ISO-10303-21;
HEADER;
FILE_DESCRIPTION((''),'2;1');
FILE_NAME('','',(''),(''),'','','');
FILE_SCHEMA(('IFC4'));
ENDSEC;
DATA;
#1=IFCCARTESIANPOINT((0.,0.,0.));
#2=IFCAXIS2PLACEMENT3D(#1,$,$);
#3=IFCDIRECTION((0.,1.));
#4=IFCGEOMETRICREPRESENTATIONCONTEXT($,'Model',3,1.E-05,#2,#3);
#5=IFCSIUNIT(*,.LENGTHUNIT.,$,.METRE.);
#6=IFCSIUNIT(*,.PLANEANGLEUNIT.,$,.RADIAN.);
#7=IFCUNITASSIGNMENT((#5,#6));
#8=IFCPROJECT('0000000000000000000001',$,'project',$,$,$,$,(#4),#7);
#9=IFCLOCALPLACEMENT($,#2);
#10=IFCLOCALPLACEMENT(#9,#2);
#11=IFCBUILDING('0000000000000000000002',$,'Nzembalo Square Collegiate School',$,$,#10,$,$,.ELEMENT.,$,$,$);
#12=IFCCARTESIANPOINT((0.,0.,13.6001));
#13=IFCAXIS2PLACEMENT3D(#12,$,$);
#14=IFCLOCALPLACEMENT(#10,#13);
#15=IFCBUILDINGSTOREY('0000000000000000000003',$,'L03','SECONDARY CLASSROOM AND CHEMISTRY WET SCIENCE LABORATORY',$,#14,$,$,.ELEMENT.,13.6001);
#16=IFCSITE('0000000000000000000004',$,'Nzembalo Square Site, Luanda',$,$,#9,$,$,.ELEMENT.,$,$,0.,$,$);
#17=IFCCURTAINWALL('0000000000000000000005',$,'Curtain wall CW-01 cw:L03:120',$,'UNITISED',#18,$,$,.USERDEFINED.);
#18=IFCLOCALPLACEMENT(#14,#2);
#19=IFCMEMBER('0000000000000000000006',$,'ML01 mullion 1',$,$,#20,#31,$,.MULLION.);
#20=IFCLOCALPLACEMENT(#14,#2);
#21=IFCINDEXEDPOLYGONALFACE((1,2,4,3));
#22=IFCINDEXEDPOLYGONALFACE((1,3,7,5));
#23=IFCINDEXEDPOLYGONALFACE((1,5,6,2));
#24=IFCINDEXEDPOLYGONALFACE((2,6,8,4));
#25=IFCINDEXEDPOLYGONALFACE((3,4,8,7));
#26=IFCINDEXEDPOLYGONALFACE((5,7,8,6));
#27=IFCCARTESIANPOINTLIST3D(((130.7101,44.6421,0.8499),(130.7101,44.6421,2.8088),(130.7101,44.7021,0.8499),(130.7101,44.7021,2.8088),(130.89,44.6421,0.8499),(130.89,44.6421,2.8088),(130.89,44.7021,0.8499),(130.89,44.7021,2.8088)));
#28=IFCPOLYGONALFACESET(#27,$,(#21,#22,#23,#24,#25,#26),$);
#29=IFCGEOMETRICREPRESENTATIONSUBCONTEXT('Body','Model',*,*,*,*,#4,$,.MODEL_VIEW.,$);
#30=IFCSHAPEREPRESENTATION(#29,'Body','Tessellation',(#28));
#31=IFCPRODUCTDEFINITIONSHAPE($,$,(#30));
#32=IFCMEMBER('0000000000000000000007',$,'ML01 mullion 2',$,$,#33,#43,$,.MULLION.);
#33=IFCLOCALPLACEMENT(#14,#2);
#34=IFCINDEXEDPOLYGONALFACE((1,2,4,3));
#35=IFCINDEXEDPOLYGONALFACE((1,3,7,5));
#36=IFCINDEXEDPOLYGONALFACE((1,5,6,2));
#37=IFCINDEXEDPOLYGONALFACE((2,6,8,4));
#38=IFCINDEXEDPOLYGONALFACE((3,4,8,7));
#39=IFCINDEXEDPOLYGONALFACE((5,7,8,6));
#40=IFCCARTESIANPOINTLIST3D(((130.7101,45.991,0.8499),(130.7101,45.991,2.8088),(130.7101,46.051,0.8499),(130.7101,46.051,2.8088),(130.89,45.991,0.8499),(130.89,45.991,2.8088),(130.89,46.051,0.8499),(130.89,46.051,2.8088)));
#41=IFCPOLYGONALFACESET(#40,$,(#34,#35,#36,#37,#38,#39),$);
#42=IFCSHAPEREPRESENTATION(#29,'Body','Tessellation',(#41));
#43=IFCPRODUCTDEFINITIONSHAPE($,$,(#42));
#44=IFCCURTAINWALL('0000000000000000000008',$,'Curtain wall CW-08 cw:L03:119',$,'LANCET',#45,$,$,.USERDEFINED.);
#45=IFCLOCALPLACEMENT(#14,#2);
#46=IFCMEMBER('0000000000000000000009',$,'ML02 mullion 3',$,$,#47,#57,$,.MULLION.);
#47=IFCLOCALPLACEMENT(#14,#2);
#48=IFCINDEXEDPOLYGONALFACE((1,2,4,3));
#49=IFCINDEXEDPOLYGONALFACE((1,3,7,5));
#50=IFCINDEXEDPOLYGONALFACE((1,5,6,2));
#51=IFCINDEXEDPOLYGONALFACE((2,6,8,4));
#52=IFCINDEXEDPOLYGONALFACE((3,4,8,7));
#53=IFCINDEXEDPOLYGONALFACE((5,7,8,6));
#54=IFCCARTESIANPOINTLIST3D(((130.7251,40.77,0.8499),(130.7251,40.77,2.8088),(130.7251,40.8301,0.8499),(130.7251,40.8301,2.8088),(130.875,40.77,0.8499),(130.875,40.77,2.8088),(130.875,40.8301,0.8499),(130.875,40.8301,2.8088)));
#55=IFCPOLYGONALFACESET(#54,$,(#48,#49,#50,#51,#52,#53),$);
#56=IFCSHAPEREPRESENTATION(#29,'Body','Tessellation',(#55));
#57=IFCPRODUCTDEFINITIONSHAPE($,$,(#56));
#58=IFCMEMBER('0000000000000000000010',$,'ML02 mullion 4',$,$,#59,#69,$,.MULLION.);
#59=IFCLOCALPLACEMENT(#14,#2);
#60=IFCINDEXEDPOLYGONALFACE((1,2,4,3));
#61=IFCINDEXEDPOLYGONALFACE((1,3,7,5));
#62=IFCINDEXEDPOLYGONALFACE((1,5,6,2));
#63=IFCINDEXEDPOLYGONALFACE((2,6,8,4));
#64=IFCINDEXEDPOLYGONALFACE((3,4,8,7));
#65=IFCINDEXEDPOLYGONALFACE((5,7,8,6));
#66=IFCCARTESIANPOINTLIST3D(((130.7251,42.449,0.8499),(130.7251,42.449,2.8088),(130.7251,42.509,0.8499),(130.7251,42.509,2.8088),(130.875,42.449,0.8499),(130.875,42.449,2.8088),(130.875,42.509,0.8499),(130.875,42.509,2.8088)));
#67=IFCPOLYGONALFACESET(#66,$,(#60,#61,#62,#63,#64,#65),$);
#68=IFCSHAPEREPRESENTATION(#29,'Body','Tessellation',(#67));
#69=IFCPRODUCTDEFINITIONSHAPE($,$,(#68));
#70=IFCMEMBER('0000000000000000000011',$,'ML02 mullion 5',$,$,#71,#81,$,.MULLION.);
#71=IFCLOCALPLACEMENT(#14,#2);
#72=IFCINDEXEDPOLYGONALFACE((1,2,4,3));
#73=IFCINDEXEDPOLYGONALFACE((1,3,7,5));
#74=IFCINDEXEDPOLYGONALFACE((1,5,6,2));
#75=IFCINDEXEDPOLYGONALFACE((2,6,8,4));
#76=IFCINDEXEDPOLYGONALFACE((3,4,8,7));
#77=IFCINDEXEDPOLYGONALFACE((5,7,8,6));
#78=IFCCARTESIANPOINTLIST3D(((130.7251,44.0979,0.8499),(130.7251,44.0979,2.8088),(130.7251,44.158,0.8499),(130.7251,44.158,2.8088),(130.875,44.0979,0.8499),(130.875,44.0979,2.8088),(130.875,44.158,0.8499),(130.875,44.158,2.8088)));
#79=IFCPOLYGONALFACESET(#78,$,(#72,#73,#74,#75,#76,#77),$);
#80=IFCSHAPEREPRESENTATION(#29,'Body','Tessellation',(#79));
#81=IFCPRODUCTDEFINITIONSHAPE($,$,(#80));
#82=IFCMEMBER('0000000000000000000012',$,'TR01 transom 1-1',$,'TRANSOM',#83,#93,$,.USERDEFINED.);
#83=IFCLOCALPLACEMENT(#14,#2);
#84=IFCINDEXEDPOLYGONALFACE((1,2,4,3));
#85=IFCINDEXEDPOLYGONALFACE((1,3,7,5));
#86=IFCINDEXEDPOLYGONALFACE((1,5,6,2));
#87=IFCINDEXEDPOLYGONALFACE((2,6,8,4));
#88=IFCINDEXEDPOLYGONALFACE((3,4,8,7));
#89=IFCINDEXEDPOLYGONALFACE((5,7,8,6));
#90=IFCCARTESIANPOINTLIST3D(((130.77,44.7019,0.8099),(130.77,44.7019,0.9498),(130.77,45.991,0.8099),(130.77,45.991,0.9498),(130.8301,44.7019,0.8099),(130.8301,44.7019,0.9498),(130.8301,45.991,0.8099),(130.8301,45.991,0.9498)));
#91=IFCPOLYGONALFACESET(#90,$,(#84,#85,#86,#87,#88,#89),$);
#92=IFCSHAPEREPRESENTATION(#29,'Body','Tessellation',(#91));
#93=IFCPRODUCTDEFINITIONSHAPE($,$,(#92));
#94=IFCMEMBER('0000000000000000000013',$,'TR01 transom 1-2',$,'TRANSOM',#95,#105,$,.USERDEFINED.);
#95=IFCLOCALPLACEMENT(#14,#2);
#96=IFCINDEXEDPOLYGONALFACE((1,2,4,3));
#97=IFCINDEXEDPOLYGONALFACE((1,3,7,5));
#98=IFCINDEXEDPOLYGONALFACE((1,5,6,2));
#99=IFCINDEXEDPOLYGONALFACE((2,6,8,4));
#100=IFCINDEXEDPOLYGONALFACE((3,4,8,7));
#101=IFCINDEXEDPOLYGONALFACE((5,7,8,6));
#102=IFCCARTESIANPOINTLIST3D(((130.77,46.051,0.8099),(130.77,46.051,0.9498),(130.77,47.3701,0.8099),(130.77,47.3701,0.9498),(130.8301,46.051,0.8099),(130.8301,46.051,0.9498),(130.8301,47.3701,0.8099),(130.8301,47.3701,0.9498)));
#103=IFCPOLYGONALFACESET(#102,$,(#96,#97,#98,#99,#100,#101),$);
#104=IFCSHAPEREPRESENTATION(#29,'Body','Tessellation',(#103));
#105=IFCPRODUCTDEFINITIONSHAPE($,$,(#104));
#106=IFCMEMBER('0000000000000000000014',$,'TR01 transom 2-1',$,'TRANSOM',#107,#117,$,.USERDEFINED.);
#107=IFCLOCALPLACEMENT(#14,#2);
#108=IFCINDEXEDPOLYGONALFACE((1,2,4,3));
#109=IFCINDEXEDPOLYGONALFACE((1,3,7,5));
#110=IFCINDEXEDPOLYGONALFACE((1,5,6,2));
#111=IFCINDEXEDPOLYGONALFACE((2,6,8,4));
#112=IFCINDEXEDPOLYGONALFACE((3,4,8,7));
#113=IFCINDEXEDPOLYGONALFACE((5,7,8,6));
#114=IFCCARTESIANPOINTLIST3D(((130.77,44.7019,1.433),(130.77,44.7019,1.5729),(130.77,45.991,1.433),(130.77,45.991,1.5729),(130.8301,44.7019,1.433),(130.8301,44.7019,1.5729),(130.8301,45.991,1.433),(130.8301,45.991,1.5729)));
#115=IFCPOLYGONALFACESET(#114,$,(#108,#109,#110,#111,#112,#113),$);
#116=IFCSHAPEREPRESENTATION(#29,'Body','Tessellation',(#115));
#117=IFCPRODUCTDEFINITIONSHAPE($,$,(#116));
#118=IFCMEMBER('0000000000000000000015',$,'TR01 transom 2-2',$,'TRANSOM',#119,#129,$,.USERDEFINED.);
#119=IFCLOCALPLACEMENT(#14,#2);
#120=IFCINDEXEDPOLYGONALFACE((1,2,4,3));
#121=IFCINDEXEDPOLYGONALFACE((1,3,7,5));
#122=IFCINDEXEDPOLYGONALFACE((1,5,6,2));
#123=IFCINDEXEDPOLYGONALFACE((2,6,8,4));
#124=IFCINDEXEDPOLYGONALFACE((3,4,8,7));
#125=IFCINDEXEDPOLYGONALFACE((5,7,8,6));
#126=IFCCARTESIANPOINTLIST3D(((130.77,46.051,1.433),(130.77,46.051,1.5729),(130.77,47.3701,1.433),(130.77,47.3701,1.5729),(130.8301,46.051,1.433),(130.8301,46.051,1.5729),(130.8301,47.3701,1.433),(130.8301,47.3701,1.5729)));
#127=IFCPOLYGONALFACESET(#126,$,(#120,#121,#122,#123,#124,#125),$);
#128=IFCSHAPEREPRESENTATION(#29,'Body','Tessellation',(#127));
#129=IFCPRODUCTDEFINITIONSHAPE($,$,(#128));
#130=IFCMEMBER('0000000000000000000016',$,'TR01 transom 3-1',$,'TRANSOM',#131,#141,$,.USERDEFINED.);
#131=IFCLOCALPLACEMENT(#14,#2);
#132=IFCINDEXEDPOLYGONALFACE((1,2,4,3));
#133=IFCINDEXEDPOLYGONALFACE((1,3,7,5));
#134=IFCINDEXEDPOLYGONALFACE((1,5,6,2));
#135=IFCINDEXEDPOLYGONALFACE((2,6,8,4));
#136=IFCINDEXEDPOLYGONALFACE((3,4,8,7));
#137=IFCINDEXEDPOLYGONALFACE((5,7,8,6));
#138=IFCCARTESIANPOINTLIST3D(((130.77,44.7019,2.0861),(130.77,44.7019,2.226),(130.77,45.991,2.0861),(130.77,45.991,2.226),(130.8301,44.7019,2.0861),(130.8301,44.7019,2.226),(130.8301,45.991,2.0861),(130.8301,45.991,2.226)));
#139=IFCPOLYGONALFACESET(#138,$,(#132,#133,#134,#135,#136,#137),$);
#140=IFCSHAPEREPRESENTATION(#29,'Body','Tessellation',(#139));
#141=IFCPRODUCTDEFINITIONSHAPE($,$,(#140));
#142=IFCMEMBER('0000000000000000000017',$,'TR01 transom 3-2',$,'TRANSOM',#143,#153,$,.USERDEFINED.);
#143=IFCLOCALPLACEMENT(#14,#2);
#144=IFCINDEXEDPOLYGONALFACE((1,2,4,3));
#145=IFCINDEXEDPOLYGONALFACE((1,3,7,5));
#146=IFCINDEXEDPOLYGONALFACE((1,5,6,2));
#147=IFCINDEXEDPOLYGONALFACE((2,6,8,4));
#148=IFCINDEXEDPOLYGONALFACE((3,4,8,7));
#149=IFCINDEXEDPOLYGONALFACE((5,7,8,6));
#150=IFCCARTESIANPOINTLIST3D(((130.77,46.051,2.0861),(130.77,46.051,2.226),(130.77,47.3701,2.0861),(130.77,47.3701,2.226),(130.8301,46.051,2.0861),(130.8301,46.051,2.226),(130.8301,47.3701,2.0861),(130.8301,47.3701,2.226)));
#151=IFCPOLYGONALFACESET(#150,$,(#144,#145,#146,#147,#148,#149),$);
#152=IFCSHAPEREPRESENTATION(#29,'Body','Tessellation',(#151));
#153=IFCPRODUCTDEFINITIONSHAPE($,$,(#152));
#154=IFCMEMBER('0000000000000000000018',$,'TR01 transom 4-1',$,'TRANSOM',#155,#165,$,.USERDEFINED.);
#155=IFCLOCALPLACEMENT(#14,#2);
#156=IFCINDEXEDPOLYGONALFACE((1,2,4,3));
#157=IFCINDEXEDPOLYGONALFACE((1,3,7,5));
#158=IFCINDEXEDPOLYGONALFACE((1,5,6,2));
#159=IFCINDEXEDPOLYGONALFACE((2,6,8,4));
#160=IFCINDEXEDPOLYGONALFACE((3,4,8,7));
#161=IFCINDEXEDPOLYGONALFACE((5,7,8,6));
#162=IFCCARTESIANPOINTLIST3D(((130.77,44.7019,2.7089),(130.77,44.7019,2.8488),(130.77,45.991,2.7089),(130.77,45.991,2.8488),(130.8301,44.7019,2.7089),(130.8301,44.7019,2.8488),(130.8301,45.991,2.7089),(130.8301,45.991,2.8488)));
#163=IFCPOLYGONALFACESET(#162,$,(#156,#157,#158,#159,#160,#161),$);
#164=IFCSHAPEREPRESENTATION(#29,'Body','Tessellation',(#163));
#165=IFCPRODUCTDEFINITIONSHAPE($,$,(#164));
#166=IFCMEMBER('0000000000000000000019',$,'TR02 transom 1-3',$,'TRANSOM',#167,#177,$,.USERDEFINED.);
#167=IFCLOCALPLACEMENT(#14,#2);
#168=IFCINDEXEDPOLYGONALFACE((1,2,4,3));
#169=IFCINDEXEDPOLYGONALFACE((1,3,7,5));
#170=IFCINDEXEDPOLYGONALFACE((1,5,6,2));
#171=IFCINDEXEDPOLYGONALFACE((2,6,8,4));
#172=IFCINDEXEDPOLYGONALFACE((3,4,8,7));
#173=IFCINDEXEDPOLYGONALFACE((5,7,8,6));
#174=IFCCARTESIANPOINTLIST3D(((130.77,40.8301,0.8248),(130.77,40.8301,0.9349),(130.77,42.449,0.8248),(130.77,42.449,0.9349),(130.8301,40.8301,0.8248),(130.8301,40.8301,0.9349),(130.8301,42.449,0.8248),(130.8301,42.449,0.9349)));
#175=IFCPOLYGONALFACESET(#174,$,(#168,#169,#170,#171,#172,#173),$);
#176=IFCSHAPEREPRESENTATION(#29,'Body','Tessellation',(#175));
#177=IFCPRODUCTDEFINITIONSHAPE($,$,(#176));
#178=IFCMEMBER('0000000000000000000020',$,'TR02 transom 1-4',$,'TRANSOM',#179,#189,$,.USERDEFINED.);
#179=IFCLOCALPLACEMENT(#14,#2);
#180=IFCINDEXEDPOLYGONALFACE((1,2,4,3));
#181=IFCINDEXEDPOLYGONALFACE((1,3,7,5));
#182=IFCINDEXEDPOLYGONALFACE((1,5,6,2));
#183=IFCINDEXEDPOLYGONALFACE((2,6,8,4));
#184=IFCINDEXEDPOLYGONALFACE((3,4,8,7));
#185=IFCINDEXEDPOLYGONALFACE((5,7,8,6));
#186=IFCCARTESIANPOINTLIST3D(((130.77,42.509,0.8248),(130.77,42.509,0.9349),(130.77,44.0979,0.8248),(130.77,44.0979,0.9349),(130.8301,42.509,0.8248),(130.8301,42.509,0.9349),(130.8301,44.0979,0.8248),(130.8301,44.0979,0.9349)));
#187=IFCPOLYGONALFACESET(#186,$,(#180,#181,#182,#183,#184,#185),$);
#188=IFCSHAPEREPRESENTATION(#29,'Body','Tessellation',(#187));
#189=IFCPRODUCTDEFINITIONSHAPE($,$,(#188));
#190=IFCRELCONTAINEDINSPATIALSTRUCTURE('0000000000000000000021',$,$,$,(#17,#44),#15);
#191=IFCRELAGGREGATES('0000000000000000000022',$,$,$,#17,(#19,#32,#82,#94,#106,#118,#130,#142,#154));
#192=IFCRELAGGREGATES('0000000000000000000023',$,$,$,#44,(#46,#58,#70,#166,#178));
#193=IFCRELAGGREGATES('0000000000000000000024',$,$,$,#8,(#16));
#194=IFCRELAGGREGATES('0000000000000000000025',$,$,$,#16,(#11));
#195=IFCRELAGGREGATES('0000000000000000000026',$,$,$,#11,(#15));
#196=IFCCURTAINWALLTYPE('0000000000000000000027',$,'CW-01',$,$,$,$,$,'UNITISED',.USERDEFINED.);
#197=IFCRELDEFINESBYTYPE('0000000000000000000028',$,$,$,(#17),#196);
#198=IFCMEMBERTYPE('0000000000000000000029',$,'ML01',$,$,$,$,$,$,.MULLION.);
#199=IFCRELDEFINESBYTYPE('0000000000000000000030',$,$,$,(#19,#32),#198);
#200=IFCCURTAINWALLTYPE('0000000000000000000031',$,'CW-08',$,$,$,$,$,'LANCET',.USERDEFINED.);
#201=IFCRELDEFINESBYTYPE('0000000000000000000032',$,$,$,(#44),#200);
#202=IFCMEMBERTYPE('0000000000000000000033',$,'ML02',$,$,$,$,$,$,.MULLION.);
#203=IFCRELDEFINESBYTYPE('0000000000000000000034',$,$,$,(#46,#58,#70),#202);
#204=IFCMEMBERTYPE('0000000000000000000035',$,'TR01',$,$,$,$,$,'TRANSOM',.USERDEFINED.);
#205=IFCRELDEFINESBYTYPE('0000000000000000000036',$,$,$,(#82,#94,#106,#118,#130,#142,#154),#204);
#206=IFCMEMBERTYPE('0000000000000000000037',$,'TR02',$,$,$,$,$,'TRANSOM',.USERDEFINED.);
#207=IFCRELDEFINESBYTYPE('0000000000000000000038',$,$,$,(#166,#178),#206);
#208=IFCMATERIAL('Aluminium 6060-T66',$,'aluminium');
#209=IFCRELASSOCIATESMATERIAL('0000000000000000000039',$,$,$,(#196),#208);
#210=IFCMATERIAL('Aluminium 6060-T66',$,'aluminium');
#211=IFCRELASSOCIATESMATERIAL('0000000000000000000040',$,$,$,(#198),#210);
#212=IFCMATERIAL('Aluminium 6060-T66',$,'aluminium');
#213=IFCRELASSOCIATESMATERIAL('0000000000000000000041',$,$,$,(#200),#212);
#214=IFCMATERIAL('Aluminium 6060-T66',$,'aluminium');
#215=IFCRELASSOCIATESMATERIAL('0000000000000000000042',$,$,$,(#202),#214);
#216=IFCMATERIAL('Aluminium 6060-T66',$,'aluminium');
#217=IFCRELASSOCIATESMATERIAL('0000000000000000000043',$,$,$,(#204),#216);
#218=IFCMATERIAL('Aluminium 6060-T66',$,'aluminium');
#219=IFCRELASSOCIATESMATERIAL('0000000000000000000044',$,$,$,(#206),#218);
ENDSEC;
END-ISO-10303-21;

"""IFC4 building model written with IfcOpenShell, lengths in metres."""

from ifc_helpers import new_model, si_unit, direction, frame, origin, origin_2d, place, context, subcontext, project, spatial, rectangle, extrude, material, material_profile, profile_set, type_object, element, aggregate, save


model = new_model("IFC4")

# Units and contexts
model_context = context("Model", 3, precision=1e-05, world=origin(), true_north=direction((0.0, 1.0)))
body_context = subcontext(model_context, "Body", "Model", "MODEL_VIEW")
ifc_project = project(units=[si_unit("LENGTHUNIT", "METRE"), si_unit("PLANEANGLEUNIT", "RADIAN")], contexts=[model_context])

# Site, building, storey
site_placement = place(None, origin())
site = spatial("IfcSite", under=ifc_project, at=site_placement, Name="Nzembalo Square Site, Luanda", CompositionType="ELEMENT", RefElevation=0.0)
building_placement = place(site_placement, origin())
building = spatial("IfcBuilding", under=site, at=building_placement, Name="Nzembalo Square Collegiate School", CompositionType="ELEMENT")
storey_placement = place(building_placement, frame((0.0, 0.0, 13.6001)))
storey = spatial("IfcBuildingStorey", under=building, at=storey_placement, Name="L03", Description="SECONDARY CLASSROOM AND CHEMISTRY WET SCIENCE LABORATORY", CompositionType="ELEMENT", Elevation=13.6001)

# Curtain walls, members
ifc_material_1 = material(Name="Aluminium 6060-T66", Category="aluminium")
curtain_wall_type_1 = type_object("IfcCurtainWallType", Name="CW-01", ElementType="UNITISED", PredefinedType="USERDEFINED", material=ifc_material_1)
curtain_wall_1_placement = place(storey_placement, origin())
curtain_wall_1 = element("IfcCurtainWall", 1, at=curtain_wall_1_placement, inside=storey, type_object=curtain_wall_type_1, Name="Curtain wall CW-01 cw:L03:120", ObjectType="UNITISED", PredefinedType="USERDEFINED")
ifc_material_2 = material(Name="Aluminium 6060-T66", Category="aluminium")
ifc_material_profile_1 = material_profile(ifc_material_2, rectangle(XDim=0.0601, YDim=0.1799, at=origin_2d()), Name="ALU M60x180")
ifc_profile_set_1 = profile_set([ifc_material_profile_1], Name="Aluminium 6060-T66")
member_type_1 = type_object("IfcMemberType", Name="ML01", PredefinedType="MULLION", material=ifc_profile_set_1)
member_1_placement = place(storey_placement, frame((130.8, 44.6721, 0.8499), z_axis=(0.0, 0.0, 1.0), x_axis=(0.0, 1.0, 0.0)))
member_1 = element("IfcMember", 2, at=member_1_placement, type_object=member_type_1, Name="ML01 mullion 1", PredefinedType="MULLION", context=body_context, shape_type="SweptSolid", body=[
    extrude(rectangle(XDim=0.0601, YDim=0.1799, at=origin_2d()), origin(), (0.0, 0.0, 1.0), 1.959),
])
member_2_placement = place(storey_placement, frame((130.8, 46.021, 0.8499), z_axis=(0.0, 0.0, 1.0), x_axis=(0.0, 1.0, 0.0)))
member_2 = element("IfcMember", 3, at=member_2_placement, type_object=member_type_1, Name="ML01 mullion 2", PredefinedType="MULLION", context=body_context, shape_type="SweptSolid", body=[
    extrude(rectangle(XDim=0.0601, YDim=0.1799, at=origin_2d()), origin(), (0.0, 0.0, 1.0), 1.959),
])
ifc_material_3 = material(Name="Aluminium 6060-T66", Category="aluminium")
curtain_wall_type_2 = type_object("IfcCurtainWallType", Name="CW-08", ElementType="LANCET", PredefinedType="USERDEFINED", material=ifc_material_3)
curtain_wall_2_placement = place(storey_placement, origin())
curtain_wall_2 = element("IfcCurtainWall", 4, at=curtain_wall_2_placement, inside=storey, type_object=curtain_wall_type_2, Name="Curtain wall CW-08 cw:L03:119", ObjectType="LANCET", PredefinedType="USERDEFINED")
ifc_material_4 = material(Name="Aluminium 6060-T66", Category="aluminium")
ifc_material_profile_2 = material_profile(ifc_material_4, rectangle(XDim=0.0601, YDim=0.1499, at=origin_2d()), Name="ALU M60x150")
ifc_profile_set_2 = profile_set([ifc_material_profile_2], Name="Aluminium 6060-T66")
member_type_2 = type_object("IfcMemberType", Name="ML02", PredefinedType="MULLION", material=ifc_profile_set_2)
member_3_placement = place(storey_placement, frame((130.8, 40.8, 0.8499), z_axis=(0.0, 0.0, 1.0), x_axis=(0.0, 1.0, 0.0)))
member_3 = element("IfcMember", 5, at=member_3_placement, type_object=member_type_2, Name="ML02 mullion 3", PredefinedType="MULLION", context=body_context, shape_type="SweptSolid", body=[
    extrude(rectangle(XDim=0.0601, YDim=0.1499, at=origin_2d()), origin(), (0.0, 0.0, 1.0), 1.959),
])
member_4_placement = place(storey_placement, frame((130.8, 42.479, 0.8499), z_axis=(0.0, 0.0, 1.0), x_axis=(0.0, 1.0, 0.0)))
member_4 = element("IfcMember", 6, at=member_4_placement, type_object=member_type_2, Name="ML02 mullion 4", PredefinedType="MULLION", context=body_context, shape_type="SweptSolid", body=[
    extrude(rectangle(XDim=0.0601, YDim=0.1499, at=origin_2d()), origin(), (0.0, 0.0, 1.0), 1.959),
])
member_5_placement = place(storey_placement, frame((130.8, 44.1279, 0.8499), z_axis=(0.0, 0.0, 1.0), x_axis=(0.0, 1.0, 0.0)))
member_5 = element("IfcMember", 7, at=member_5_placement, type_object=member_type_2, Name="ML02 mullion 5", PredefinedType="MULLION", context=body_context, shape_type="SweptSolid", body=[
    extrude(rectangle(XDim=0.0601, YDim=0.1499, at=origin_2d()), origin(), (0.0, 0.0, 1.0), 1.959),
])

# Members
ifc_material_5 = material(Name="Aluminium 6060-T66", Category="aluminium")
ifc_material_profile_3 = material_profile(ifc_material_5, rectangle(XDim=0.0601, YDim=0.1399, at=origin_2d()), Name="ALU T60x140")
ifc_profile_set_3 = profile_set([ifc_material_profile_3], Name="Aluminium 6060-T66")
member_type_3 = type_object("IfcMemberType", Name="TR01", ElementType="TRANSOM", PredefinedType="USERDEFINED", material=ifc_profile_set_3)
member_6_placement = place(storey_placement, frame((130.8, 44.7019, 0.8799), z_axis=(0.0, 1.0, 0.0), x_axis=(-1.0, 0.0, 0.0)))
member_6 = element("IfcMember", 8, at=member_6_placement, type_object=member_type_3, Name="TR01 transom 1-1", ObjectType="TRANSOM", PredefinedType="USERDEFINED", context=body_context, shape_type="SweptSolid", body=[
    extrude(rectangle(XDim=0.0601, YDim=0.1399, at=origin_2d()), origin(), (0.0, 0.0, 1.0), 1.2891),
])
member_7_placement = place(storey_placement, frame((130.8, 46.051, 0.8799), z_axis=(0.0, 1.0, 0.0), x_axis=(-1.0, 0.0, 0.0)))
member_7 = element("IfcMember", 9, at=member_7_placement, type_object=member_type_3, Name="TR01 transom 1-2", ObjectType="TRANSOM", PredefinedType="USERDEFINED", context=body_context, shape_type="SweptSolid", body=[
    extrude(rectangle(XDim=0.0601, YDim=0.1399, at=origin_2d()), origin(), (0.0, 0.0, 1.0), 1.3191),
])
member_8_placement = place(storey_placement, frame((130.8, 44.7019, 1.5029), z_axis=(0.0, 1.0, 0.0), x_axis=(-1.0, 0.0, 0.0)))
member_8 = element("IfcMember", 10, at=member_8_placement, type_object=member_type_3, Name="TR01 transom 2-1", ObjectType="TRANSOM", PredefinedType="USERDEFINED", context=body_context, shape_type="SweptSolid", body=[
    extrude(rectangle(XDim=0.0601, YDim=0.1399, at=origin_2d()), origin(), (0.0, 0.0, 1.0), 1.2891),
])
member_9_placement = place(storey_placement, frame((130.8, 46.051, 1.5029), z_axis=(0.0, 1.0, 0.0), x_axis=(-1.0, 0.0, 0.0)))
member_9 = element("IfcMember", 11, at=member_9_placement, type_object=member_type_3, Name="TR01 transom 2-2", ObjectType="TRANSOM", PredefinedType="USERDEFINED", context=body_context, shape_type="SweptSolid", body=[
    extrude(rectangle(XDim=0.0601, YDim=0.1399, at=origin_2d()), origin(), (0.0, 0.0, 1.0), 1.3191),
])
member_10_placement = place(storey_placement, frame((130.8, 44.7019, 2.156), z_axis=(0.0, 1.0, 0.0), x_axis=(-1.0, 0.0, 0.0)))
member_10 = element("IfcMember", 12, at=member_10_placement, type_object=member_type_3, Name="TR01 transom 3-1", ObjectType="TRANSOM", PredefinedType="USERDEFINED", context=body_context, shape_type="SweptSolid", body=[
    extrude(rectangle(XDim=0.0601, YDim=0.1399, at=origin_2d()), origin(), (0.0, 0.0, 1.0), 1.2891),
])
member_11_placement = place(storey_placement, frame((130.8, 46.051, 2.156), z_axis=(0.0, 1.0, 0.0), x_axis=(-1.0, 0.0, 0.0)))
member_11 = element("IfcMember", 13, at=member_11_placement, type_object=member_type_3, Name="TR01 transom 3-2", ObjectType="TRANSOM", PredefinedType="USERDEFINED", context=body_context, shape_type="SweptSolid", body=[
    extrude(rectangle(XDim=0.0601, YDim=0.1399, at=origin_2d()), origin(), (0.0, 0.0, 1.0), 1.3191),
])
member_12_placement = place(storey_placement, frame((130.8, 44.7019, 2.7788), z_axis=(0.0, 1.0, 0.0), x_axis=(-1.0, 0.0, 0.0)))
member_12 = element("IfcMember", 14, at=member_12_placement, type_object=member_type_3, Name="TR01 transom 4-1", ObjectType="TRANSOM", PredefinedType="USERDEFINED", context=body_context, shape_type="SweptSolid", body=[
    extrude(rectangle(XDim=0.0601, YDim=0.1399, at=origin_2d()), origin(), (0.0, 0.0, 1.0), 1.2891),
])
ifc_material_6 = material(Name="Aluminium 6060-T66", Category="aluminium")
ifc_material_profile_4 = material_profile(ifc_material_6, rectangle(XDim=0.0601, YDim=0.1101, at=origin_2d()), Name="ALU T60x110")
ifc_profile_set_4 = profile_set([ifc_material_profile_4], Name="Aluminium 6060-T66")
member_type_4 = type_object("IfcMemberType", Name="TR02", ElementType="TRANSOM", PredefinedType="USERDEFINED", material=ifc_profile_set_4)
member_13_placement = place(storey_placement, frame((130.8, 40.8301, 0.8799), z_axis=(0.0, 1.0, 0.0), x_axis=(-1.0, 0.0, 0.0)))
member_13 = element("IfcMember", 15, at=member_13_placement, type_object=member_type_4, Name="TR02 transom 1-3", ObjectType="TRANSOM", PredefinedType="USERDEFINED", context=body_context, shape_type="SweptSolid", body=[
    extrude(rectangle(XDim=0.0601, YDim=0.1101, at=origin_2d()), origin(), (0.0, 0.0, 1.0), 1.6189),
])
member_14_placement = place(storey_placement, frame((130.8, 42.509, 0.8799), z_axis=(0.0, 1.0, 0.0), x_axis=(-1.0, 0.0, 0.0)))
member_14 = element("IfcMember", 16, at=member_14_placement, type_object=member_type_4, Name="TR02 transom 1-4", ObjectType="TRANSOM", PredefinedType="USERDEFINED", context=body_context, shape_type="SweptSolid", body=[
    extrude(rectangle(XDim=0.0601, YDim=0.1101, at=origin_2d()), origin(), (0.0, 0.0, 1.0), 1.5889),
])

aggregate(curtain_wall_1, [member_1, member_2, member_6, member_7, member_8, member_9, member_10, member_11, member_12])
aggregate(curtain_wall_2, [member_3, member_4, member_5, member_13, member_14])

save(model, "model.ifc")
